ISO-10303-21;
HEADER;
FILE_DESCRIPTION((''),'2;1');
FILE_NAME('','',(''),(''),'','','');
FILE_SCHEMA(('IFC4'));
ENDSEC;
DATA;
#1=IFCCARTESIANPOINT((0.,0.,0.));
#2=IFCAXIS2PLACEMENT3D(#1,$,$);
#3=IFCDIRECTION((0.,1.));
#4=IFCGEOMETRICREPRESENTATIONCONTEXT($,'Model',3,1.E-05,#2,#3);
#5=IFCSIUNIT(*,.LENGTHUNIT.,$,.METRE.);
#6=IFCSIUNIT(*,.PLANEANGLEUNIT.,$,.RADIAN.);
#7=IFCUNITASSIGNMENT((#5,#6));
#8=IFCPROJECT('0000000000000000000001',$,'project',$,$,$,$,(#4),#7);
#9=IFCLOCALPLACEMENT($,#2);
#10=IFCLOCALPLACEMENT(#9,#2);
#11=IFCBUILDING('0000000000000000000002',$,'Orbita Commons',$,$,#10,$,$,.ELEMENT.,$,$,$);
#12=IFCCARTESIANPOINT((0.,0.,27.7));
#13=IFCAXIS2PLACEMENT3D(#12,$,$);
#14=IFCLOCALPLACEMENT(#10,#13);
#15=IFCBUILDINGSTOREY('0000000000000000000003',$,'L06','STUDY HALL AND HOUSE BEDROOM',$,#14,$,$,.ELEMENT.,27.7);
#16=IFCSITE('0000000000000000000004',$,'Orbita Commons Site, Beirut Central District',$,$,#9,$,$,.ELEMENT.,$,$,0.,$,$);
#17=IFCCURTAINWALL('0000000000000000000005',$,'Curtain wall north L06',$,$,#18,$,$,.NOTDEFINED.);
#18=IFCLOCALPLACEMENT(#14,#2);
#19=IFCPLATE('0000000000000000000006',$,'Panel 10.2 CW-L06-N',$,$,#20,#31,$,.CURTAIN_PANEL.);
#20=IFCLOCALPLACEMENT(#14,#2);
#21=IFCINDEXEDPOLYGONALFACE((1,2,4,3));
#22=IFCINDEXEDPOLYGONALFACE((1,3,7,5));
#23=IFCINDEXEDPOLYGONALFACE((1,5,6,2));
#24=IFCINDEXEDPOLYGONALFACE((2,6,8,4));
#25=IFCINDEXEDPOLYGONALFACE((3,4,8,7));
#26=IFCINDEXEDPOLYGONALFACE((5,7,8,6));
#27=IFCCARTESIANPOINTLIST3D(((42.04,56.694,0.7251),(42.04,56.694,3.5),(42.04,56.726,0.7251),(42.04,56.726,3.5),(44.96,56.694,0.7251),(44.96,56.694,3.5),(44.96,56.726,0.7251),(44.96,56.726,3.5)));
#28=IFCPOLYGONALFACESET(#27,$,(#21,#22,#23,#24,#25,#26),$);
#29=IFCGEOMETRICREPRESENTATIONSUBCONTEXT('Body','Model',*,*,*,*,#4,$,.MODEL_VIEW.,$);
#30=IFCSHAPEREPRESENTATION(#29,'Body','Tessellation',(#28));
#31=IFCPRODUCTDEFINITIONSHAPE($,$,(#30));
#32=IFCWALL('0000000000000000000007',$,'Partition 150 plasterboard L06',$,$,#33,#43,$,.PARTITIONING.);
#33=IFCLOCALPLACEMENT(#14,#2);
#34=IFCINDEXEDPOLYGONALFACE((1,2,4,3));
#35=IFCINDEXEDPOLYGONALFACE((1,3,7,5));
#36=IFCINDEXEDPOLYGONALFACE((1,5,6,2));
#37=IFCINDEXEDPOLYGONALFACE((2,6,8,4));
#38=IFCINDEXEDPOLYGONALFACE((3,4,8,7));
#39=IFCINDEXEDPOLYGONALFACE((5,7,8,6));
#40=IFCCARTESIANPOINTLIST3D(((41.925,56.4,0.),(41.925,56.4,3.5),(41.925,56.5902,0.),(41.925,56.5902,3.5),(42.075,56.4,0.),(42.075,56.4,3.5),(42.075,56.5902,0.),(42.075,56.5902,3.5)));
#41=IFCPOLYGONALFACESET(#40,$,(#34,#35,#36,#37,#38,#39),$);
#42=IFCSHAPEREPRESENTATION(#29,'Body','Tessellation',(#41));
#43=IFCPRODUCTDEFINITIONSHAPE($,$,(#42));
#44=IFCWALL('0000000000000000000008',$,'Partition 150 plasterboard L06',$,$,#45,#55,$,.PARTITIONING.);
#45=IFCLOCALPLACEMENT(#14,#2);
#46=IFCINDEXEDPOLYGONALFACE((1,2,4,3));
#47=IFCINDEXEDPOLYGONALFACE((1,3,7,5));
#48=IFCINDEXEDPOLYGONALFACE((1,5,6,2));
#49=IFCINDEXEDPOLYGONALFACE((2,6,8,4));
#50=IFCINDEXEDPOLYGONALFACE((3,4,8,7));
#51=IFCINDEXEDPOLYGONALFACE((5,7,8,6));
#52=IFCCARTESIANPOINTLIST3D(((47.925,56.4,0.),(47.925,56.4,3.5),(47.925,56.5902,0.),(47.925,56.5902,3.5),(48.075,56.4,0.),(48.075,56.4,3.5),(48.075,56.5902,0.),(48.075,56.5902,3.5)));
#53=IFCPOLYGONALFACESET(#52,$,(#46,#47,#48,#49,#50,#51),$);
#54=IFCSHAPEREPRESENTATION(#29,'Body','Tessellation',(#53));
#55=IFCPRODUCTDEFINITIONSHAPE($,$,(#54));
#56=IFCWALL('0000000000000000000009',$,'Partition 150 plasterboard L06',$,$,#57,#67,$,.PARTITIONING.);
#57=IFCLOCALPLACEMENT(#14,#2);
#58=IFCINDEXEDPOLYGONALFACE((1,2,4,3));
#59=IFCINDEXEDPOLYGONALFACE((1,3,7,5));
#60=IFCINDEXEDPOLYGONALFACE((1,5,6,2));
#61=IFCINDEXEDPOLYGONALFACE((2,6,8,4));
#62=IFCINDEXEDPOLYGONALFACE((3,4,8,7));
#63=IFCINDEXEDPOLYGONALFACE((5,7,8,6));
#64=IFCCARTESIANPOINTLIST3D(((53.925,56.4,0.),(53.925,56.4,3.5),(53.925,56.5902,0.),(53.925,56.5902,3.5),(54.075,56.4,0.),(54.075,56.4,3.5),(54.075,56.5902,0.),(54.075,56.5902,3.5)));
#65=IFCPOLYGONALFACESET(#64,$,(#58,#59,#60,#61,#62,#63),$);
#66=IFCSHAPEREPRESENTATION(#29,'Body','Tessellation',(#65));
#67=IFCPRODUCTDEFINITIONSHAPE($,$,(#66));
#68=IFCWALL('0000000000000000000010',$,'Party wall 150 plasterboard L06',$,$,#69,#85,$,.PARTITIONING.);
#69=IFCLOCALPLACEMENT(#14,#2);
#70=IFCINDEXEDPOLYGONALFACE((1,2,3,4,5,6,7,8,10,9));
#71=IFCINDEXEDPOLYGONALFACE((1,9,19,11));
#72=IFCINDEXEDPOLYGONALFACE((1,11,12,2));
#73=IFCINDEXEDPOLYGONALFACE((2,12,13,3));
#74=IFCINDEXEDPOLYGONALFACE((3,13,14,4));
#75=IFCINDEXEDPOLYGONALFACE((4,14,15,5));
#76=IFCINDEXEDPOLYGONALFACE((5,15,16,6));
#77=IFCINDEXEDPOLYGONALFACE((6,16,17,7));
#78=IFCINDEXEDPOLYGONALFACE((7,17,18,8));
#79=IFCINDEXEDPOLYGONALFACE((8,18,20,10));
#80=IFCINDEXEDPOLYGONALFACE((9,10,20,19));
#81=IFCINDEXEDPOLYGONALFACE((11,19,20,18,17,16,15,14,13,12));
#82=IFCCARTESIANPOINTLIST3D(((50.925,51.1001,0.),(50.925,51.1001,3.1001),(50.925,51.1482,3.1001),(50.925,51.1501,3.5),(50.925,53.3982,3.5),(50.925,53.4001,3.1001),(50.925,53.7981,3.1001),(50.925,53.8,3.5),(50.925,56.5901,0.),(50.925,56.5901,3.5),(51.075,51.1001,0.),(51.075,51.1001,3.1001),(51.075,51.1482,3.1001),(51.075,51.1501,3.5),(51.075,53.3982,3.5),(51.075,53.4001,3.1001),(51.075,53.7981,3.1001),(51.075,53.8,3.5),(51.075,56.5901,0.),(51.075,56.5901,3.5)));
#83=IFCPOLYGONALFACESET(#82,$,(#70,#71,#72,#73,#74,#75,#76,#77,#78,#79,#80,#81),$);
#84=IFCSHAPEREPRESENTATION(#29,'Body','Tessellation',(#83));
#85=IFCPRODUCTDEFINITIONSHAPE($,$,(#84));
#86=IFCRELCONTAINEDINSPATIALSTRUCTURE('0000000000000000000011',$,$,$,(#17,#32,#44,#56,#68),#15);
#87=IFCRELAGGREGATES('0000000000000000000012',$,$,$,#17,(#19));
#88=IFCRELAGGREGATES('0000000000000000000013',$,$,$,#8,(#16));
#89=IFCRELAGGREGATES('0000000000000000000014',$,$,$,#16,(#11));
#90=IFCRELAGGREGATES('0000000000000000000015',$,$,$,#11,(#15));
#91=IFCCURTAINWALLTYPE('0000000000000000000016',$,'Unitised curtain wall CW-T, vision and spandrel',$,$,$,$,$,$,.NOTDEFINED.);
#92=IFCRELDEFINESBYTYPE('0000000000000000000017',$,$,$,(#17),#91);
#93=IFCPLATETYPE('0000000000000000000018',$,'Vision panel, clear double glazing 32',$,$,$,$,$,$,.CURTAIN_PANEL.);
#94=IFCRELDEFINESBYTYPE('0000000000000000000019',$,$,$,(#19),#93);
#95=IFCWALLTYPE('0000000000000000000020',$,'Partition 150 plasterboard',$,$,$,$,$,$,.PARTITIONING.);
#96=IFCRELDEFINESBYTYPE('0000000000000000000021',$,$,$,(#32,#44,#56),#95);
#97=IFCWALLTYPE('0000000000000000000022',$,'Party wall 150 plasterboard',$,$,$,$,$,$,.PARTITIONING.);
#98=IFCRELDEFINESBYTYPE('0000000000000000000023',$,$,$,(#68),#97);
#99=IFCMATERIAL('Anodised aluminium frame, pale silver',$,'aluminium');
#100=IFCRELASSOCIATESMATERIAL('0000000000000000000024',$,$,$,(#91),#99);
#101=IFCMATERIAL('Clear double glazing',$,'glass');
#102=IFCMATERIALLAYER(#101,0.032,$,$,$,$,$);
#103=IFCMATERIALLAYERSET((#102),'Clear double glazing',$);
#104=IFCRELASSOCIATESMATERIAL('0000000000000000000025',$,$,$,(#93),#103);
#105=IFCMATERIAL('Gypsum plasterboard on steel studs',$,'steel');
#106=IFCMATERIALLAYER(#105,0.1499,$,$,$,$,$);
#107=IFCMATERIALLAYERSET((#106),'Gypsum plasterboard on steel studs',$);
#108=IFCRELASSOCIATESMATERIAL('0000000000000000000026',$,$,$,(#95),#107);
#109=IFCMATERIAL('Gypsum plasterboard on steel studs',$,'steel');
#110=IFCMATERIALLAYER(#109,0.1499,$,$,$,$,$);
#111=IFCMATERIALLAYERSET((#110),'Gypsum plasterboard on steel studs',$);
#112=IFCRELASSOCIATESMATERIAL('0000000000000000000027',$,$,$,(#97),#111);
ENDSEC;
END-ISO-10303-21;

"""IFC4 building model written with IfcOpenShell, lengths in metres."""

from ifc_helpers import new_model, si_unit, direction, frame, frame_2d, origin, origin_2d, place, context, subcontext, project, spatial, polyline, rectangle, outline, extrude, material, layer, layer_set, type_object, element, aggregate, save


model = new_model("IFC4")

# Units and contexts
model_context = context("Model", 3, precision=1e-05, world=origin(), true_north=direction((0.0, 1.0)))
body_context = subcontext(model_context, "Body", "Model", "MODEL_VIEW")
ifc_project = project(units=[si_unit("LENGTHUNIT", "METRE"), si_unit("PLANEANGLEUNIT", "RADIAN")], contexts=[model_context])

# Site, building, storey
site_placement = place(None, origin())
site = spatial("IfcSite", under=ifc_project, at=site_placement, Name="Orbita Commons Site, Beirut Central District", CompositionType="ELEMENT", RefElevation=0.0)
building_placement = place(site_placement, origin())
building = spatial("IfcBuilding", under=site, at=building_placement, Name="Orbita Commons", CompositionType="ELEMENT")
storey_placement = place(building_placement, frame((0.0, 0.0, 27.7)))
storey = spatial("IfcBuildingStorey", under=building, at=storey_placement, Name="L06", Description="STUDY HALL AND HOUSE BEDROOM", CompositionType="ELEMENT", Elevation=27.7)

# Curtain wall
ifc_material_1 = material(Name="Anodised aluminium frame, pale silver", Category="aluminium")
curtain_wall_type = type_object("IfcCurtainWallType", Name="Unitised curtain wall CW-T, vision and spandrel", PredefinedType="NOTDEFINED", material=ifc_material_1)
curtain_wall_placement = place(storey_placement, origin())
curtain_wall = element("IfcCurtainWall", 1, at=curtain_wall_placement, inside=storey, type_object=curtain_wall_type, Name="Curtain wall north L06", PredefinedType="NOTDEFINED")

# Plate
ifc_material_2 = material(Name="Clear double glazing", Category="glass")
ifc_layer_1 = layer(ifc_material_2, 0.032)
ifc_layer_set_1 = layer_set([ifc_layer_1], Name="Clear double glazing")
plate_type_1 = type_object("IfcPlateType", Name="Vision panel, clear double glazing 32", PredefinedType="CURTAIN_PANEL", material=ifc_layer_set_1)
plate_1_placement = place(storey_placement, frame((43.5, 56.71, 0.7251), z_axis=(0.0, 0.0, 1.0), x_axis=(-1.0, 0.0, 0.0)))
plate_1 = element("IfcPlate", 2, at=plate_1_placement, type_object=plate_type_1, Name="Panel 10.2 CW-L06-N", PredefinedType="CURTAIN_PANEL", context=body_context, shape_type="SweptSolid", body=[
    extrude(rectangle(XDim=2.9199, YDim=0.032, at=origin_2d()), origin(), (0.0, 0.0, 1.0), 2.7749),
])
aggregate(curtain_wall, [plate_1])

# Walls
ifc_material_3 = material(Name="Gypsum plasterboard on steel studs", Category="steel")
ifc_layer_2 = layer(ifc_material_3, 0.1499)
ifc_layer_set_2 = layer_set([ifc_layer_2], Name="Gypsum plasterboard on steel studs")
wall_type_1 = type_object("IfcWallType", Name="Partition 150 plasterboard", PredefinedType="PARTITIONING", material=ifc_layer_set_2)
for number, where, z_axis, x_axis, name in (
    (3, (42.0, 56.3999, 0.0), (0.0, 0.0, 1.0), (0.0, 1.0, 0.0), "Partition 150 plasterboard L06"),
    (4, (48.0, 56.3999, 0.0), (0.0, 0.0, 1.0), (0.0, 1.0, 0.0), "Partition 150 plasterboard L06"),
    (5, (54.0, 56.3999, 0.0), (0.0, 0.0, 1.0), (0.0, 1.0, 0.0), "Partition 150 plasterboard L06"),
):
    element("IfcWall", number, at=place(storey_placement, frame(where, z_axis=z_axis, x_axis=x_axis)), inside=storey, type_object=wall_type_1, Name=name, PredefinedType="PARTITIONING", context=body_context, shape_type="SweptSolid", body=[
        extrude(rectangle(XDim=0.1902, YDim=0.1499, at=frame_2d((0.0952, 0.0))), origin(), (0.0, 0.0, 1.0), 3.5),
    ])
ifc_material_4 = material(Name="Gypsum plasterboard on steel studs", Category="steel")
ifc_layer_3 = layer(ifc_material_4, 0.1499)
ifc_layer_set_3 = layer_set([ifc_layer_3], Name="Gypsum plasterboard on steel studs")
wall_type_2 = type_object("IfcWallType", Name="Party wall 150 plasterboard", PredefinedType="PARTITIONING", material=ifc_layer_set_3)
wall_placement = place(storey_placement, frame((51.0, 56.5901, 0.0), z_axis=(0.0, 0.0, 1.0), x_axis=(0.0, -1.0, 0.0)))
element("IfcWall", 6, at=wall_placement, inside=storey, type_object=wall_type_2, Name="Party wall 150 plasterboard L06", PredefinedType="PARTITIONING", context=body_context, shape_type="SweptSolid", body=[
    extrude(outline(polyline([(0.0, 0.0), (5.49, 0.0), (5.49, 3.1001), (5.4419, 3.1001), (5.4399, 3.5), (3.1919, 3.5), (3.1899, 3.1001), (2.792, 3.1001), (2.79, 3.5), (0.0, 3.5), (0.0, 0.0)])), frame((0.0, 0.075, 0.0), z_axis=(0.0, -1.0, 0.0), x_axis=(1.0, 0.0, 0.0)), (0.0, 0.0, 1.0), 0.1499),
])

save(model, "model.ifc")
